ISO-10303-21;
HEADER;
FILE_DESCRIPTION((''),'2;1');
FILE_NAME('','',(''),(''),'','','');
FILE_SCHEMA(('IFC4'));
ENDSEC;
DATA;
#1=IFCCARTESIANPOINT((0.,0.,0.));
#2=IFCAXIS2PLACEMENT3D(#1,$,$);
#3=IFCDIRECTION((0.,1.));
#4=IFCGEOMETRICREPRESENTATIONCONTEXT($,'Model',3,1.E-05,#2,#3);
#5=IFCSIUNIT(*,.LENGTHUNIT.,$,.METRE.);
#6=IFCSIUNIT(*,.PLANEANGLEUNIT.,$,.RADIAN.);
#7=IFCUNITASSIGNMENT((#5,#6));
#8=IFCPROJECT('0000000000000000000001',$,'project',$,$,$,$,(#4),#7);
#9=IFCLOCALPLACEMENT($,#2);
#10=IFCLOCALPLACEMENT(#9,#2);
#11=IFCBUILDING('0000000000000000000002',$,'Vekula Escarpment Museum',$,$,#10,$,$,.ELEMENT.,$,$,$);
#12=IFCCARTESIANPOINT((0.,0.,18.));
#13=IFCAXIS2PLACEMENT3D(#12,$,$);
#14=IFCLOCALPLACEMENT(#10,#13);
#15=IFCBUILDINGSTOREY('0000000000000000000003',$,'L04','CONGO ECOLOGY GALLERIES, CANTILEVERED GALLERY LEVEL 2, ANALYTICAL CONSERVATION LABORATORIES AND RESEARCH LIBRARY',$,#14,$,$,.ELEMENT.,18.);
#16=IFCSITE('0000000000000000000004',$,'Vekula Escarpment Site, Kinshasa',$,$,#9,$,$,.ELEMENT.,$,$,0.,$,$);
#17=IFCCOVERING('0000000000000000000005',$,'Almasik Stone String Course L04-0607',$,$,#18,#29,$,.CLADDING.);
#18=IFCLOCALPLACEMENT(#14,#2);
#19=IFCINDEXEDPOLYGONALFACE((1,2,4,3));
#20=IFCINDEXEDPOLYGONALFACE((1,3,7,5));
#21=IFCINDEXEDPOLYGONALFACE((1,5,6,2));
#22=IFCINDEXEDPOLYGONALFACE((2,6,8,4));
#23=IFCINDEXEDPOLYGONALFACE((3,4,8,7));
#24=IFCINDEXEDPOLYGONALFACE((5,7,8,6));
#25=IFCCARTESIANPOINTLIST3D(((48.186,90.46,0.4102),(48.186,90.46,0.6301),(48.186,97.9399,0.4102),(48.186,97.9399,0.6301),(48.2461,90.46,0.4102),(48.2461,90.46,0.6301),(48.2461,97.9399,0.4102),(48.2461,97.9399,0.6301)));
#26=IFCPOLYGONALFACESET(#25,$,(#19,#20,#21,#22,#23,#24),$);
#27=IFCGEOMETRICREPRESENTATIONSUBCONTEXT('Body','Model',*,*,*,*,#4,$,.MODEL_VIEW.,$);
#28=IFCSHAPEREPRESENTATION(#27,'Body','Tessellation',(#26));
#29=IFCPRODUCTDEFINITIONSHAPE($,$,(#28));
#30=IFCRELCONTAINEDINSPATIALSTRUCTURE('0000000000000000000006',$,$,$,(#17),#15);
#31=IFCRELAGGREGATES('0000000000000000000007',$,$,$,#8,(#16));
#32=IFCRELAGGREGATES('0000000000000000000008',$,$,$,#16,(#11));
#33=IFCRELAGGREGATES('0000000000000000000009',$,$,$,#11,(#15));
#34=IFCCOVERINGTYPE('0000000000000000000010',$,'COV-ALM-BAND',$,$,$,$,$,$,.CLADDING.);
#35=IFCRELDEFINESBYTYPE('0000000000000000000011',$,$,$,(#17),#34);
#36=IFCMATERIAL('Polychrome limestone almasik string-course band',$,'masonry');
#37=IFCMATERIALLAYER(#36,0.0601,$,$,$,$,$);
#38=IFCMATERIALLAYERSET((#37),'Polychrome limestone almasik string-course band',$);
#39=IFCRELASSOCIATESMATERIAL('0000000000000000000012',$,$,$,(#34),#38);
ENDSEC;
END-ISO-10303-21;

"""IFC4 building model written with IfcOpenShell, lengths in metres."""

from ifc_helpers import new_model, si_unit, direction, frame, origin, origin_2d, place, context, subcontext, project, spatial, rectangle, extrude, material, layer, layer_set, type_object, element, save


model = new_model("IFC4")

# Units and contexts
model_context = context("Model", 3, precision=1e-05, world=origin(), true_north=direction((0.0, 1.0)))
body_context = subcontext(model_context, "Body", "Model", "MODEL_VIEW")
ifc_project = project(units=[si_unit("LENGTHUNIT", "METRE"), si_unit("PLANEANGLEUNIT", "RADIAN")], contexts=[model_context])

# Site, building, storey
site_placement = place(None, origin())
site = spatial("IfcSite", under=ifc_project, at=site_placement, Name="Vekula Escarpment Site, Kinshasa", CompositionType="ELEMENT", RefElevation=0.0)
building_placement = place(site_placement, origin())
building = spatial("IfcBuilding", under=site, at=building_placement, Name="Vekula Escarpment Museum", CompositionType="ELEMENT")
storey_placement = place(building_placement, frame((0.0, 0.0, 18.0)))
storey = spatial("IfcBuildingStorey", under=building, at=storey_placement, Name="L04", Description="CONGO ECOLOGY GALLERIES, CANTILEVERED GALLERY LEVEL 2, ANALYTICAL CONSERVATION LABORATORIES AND RESEARCH LIBRARY", CompositionType="ELEMENT", Elevation=18.0)

# Covering
ifc_material_1 = material(Name="Polychrome limestone almasik string-course band", Category="masonry")
ifc_layer_1 = layer(ifc_material_1, 0.0601)
ifc_layer_set_1 = layer_set([ifc_layer_1], Name="Polychrome limestone almasik string-course band")
covering_type = type_object("IfcCoveringType", Name="COV-ALM-BAND", PredefinedType="CLADDING", material=ifc_layer_set_1)
covering_placement = place(storey_placement, frame((48.2161, 94.2, 0.4102), z_axis=(0.0, 0.0, 1.0), x_axis=(0.0, 1.0, 0.0)))
element("IfcCovering", 1, at=covering_placement, inside=storey, type_object=covering_type, Name="Almasik Stone String Course L04-0607", PredefinedType="CLADDING", context=body_context, shape_type="SweptSolid", body=[
    extrude(rectangle(XDim=7.48, YDim=0.0601, at=origin_2d()), origin(), (0.0, 0.0, 1.0), 0.22),
])

save(model, "model.ifc")
